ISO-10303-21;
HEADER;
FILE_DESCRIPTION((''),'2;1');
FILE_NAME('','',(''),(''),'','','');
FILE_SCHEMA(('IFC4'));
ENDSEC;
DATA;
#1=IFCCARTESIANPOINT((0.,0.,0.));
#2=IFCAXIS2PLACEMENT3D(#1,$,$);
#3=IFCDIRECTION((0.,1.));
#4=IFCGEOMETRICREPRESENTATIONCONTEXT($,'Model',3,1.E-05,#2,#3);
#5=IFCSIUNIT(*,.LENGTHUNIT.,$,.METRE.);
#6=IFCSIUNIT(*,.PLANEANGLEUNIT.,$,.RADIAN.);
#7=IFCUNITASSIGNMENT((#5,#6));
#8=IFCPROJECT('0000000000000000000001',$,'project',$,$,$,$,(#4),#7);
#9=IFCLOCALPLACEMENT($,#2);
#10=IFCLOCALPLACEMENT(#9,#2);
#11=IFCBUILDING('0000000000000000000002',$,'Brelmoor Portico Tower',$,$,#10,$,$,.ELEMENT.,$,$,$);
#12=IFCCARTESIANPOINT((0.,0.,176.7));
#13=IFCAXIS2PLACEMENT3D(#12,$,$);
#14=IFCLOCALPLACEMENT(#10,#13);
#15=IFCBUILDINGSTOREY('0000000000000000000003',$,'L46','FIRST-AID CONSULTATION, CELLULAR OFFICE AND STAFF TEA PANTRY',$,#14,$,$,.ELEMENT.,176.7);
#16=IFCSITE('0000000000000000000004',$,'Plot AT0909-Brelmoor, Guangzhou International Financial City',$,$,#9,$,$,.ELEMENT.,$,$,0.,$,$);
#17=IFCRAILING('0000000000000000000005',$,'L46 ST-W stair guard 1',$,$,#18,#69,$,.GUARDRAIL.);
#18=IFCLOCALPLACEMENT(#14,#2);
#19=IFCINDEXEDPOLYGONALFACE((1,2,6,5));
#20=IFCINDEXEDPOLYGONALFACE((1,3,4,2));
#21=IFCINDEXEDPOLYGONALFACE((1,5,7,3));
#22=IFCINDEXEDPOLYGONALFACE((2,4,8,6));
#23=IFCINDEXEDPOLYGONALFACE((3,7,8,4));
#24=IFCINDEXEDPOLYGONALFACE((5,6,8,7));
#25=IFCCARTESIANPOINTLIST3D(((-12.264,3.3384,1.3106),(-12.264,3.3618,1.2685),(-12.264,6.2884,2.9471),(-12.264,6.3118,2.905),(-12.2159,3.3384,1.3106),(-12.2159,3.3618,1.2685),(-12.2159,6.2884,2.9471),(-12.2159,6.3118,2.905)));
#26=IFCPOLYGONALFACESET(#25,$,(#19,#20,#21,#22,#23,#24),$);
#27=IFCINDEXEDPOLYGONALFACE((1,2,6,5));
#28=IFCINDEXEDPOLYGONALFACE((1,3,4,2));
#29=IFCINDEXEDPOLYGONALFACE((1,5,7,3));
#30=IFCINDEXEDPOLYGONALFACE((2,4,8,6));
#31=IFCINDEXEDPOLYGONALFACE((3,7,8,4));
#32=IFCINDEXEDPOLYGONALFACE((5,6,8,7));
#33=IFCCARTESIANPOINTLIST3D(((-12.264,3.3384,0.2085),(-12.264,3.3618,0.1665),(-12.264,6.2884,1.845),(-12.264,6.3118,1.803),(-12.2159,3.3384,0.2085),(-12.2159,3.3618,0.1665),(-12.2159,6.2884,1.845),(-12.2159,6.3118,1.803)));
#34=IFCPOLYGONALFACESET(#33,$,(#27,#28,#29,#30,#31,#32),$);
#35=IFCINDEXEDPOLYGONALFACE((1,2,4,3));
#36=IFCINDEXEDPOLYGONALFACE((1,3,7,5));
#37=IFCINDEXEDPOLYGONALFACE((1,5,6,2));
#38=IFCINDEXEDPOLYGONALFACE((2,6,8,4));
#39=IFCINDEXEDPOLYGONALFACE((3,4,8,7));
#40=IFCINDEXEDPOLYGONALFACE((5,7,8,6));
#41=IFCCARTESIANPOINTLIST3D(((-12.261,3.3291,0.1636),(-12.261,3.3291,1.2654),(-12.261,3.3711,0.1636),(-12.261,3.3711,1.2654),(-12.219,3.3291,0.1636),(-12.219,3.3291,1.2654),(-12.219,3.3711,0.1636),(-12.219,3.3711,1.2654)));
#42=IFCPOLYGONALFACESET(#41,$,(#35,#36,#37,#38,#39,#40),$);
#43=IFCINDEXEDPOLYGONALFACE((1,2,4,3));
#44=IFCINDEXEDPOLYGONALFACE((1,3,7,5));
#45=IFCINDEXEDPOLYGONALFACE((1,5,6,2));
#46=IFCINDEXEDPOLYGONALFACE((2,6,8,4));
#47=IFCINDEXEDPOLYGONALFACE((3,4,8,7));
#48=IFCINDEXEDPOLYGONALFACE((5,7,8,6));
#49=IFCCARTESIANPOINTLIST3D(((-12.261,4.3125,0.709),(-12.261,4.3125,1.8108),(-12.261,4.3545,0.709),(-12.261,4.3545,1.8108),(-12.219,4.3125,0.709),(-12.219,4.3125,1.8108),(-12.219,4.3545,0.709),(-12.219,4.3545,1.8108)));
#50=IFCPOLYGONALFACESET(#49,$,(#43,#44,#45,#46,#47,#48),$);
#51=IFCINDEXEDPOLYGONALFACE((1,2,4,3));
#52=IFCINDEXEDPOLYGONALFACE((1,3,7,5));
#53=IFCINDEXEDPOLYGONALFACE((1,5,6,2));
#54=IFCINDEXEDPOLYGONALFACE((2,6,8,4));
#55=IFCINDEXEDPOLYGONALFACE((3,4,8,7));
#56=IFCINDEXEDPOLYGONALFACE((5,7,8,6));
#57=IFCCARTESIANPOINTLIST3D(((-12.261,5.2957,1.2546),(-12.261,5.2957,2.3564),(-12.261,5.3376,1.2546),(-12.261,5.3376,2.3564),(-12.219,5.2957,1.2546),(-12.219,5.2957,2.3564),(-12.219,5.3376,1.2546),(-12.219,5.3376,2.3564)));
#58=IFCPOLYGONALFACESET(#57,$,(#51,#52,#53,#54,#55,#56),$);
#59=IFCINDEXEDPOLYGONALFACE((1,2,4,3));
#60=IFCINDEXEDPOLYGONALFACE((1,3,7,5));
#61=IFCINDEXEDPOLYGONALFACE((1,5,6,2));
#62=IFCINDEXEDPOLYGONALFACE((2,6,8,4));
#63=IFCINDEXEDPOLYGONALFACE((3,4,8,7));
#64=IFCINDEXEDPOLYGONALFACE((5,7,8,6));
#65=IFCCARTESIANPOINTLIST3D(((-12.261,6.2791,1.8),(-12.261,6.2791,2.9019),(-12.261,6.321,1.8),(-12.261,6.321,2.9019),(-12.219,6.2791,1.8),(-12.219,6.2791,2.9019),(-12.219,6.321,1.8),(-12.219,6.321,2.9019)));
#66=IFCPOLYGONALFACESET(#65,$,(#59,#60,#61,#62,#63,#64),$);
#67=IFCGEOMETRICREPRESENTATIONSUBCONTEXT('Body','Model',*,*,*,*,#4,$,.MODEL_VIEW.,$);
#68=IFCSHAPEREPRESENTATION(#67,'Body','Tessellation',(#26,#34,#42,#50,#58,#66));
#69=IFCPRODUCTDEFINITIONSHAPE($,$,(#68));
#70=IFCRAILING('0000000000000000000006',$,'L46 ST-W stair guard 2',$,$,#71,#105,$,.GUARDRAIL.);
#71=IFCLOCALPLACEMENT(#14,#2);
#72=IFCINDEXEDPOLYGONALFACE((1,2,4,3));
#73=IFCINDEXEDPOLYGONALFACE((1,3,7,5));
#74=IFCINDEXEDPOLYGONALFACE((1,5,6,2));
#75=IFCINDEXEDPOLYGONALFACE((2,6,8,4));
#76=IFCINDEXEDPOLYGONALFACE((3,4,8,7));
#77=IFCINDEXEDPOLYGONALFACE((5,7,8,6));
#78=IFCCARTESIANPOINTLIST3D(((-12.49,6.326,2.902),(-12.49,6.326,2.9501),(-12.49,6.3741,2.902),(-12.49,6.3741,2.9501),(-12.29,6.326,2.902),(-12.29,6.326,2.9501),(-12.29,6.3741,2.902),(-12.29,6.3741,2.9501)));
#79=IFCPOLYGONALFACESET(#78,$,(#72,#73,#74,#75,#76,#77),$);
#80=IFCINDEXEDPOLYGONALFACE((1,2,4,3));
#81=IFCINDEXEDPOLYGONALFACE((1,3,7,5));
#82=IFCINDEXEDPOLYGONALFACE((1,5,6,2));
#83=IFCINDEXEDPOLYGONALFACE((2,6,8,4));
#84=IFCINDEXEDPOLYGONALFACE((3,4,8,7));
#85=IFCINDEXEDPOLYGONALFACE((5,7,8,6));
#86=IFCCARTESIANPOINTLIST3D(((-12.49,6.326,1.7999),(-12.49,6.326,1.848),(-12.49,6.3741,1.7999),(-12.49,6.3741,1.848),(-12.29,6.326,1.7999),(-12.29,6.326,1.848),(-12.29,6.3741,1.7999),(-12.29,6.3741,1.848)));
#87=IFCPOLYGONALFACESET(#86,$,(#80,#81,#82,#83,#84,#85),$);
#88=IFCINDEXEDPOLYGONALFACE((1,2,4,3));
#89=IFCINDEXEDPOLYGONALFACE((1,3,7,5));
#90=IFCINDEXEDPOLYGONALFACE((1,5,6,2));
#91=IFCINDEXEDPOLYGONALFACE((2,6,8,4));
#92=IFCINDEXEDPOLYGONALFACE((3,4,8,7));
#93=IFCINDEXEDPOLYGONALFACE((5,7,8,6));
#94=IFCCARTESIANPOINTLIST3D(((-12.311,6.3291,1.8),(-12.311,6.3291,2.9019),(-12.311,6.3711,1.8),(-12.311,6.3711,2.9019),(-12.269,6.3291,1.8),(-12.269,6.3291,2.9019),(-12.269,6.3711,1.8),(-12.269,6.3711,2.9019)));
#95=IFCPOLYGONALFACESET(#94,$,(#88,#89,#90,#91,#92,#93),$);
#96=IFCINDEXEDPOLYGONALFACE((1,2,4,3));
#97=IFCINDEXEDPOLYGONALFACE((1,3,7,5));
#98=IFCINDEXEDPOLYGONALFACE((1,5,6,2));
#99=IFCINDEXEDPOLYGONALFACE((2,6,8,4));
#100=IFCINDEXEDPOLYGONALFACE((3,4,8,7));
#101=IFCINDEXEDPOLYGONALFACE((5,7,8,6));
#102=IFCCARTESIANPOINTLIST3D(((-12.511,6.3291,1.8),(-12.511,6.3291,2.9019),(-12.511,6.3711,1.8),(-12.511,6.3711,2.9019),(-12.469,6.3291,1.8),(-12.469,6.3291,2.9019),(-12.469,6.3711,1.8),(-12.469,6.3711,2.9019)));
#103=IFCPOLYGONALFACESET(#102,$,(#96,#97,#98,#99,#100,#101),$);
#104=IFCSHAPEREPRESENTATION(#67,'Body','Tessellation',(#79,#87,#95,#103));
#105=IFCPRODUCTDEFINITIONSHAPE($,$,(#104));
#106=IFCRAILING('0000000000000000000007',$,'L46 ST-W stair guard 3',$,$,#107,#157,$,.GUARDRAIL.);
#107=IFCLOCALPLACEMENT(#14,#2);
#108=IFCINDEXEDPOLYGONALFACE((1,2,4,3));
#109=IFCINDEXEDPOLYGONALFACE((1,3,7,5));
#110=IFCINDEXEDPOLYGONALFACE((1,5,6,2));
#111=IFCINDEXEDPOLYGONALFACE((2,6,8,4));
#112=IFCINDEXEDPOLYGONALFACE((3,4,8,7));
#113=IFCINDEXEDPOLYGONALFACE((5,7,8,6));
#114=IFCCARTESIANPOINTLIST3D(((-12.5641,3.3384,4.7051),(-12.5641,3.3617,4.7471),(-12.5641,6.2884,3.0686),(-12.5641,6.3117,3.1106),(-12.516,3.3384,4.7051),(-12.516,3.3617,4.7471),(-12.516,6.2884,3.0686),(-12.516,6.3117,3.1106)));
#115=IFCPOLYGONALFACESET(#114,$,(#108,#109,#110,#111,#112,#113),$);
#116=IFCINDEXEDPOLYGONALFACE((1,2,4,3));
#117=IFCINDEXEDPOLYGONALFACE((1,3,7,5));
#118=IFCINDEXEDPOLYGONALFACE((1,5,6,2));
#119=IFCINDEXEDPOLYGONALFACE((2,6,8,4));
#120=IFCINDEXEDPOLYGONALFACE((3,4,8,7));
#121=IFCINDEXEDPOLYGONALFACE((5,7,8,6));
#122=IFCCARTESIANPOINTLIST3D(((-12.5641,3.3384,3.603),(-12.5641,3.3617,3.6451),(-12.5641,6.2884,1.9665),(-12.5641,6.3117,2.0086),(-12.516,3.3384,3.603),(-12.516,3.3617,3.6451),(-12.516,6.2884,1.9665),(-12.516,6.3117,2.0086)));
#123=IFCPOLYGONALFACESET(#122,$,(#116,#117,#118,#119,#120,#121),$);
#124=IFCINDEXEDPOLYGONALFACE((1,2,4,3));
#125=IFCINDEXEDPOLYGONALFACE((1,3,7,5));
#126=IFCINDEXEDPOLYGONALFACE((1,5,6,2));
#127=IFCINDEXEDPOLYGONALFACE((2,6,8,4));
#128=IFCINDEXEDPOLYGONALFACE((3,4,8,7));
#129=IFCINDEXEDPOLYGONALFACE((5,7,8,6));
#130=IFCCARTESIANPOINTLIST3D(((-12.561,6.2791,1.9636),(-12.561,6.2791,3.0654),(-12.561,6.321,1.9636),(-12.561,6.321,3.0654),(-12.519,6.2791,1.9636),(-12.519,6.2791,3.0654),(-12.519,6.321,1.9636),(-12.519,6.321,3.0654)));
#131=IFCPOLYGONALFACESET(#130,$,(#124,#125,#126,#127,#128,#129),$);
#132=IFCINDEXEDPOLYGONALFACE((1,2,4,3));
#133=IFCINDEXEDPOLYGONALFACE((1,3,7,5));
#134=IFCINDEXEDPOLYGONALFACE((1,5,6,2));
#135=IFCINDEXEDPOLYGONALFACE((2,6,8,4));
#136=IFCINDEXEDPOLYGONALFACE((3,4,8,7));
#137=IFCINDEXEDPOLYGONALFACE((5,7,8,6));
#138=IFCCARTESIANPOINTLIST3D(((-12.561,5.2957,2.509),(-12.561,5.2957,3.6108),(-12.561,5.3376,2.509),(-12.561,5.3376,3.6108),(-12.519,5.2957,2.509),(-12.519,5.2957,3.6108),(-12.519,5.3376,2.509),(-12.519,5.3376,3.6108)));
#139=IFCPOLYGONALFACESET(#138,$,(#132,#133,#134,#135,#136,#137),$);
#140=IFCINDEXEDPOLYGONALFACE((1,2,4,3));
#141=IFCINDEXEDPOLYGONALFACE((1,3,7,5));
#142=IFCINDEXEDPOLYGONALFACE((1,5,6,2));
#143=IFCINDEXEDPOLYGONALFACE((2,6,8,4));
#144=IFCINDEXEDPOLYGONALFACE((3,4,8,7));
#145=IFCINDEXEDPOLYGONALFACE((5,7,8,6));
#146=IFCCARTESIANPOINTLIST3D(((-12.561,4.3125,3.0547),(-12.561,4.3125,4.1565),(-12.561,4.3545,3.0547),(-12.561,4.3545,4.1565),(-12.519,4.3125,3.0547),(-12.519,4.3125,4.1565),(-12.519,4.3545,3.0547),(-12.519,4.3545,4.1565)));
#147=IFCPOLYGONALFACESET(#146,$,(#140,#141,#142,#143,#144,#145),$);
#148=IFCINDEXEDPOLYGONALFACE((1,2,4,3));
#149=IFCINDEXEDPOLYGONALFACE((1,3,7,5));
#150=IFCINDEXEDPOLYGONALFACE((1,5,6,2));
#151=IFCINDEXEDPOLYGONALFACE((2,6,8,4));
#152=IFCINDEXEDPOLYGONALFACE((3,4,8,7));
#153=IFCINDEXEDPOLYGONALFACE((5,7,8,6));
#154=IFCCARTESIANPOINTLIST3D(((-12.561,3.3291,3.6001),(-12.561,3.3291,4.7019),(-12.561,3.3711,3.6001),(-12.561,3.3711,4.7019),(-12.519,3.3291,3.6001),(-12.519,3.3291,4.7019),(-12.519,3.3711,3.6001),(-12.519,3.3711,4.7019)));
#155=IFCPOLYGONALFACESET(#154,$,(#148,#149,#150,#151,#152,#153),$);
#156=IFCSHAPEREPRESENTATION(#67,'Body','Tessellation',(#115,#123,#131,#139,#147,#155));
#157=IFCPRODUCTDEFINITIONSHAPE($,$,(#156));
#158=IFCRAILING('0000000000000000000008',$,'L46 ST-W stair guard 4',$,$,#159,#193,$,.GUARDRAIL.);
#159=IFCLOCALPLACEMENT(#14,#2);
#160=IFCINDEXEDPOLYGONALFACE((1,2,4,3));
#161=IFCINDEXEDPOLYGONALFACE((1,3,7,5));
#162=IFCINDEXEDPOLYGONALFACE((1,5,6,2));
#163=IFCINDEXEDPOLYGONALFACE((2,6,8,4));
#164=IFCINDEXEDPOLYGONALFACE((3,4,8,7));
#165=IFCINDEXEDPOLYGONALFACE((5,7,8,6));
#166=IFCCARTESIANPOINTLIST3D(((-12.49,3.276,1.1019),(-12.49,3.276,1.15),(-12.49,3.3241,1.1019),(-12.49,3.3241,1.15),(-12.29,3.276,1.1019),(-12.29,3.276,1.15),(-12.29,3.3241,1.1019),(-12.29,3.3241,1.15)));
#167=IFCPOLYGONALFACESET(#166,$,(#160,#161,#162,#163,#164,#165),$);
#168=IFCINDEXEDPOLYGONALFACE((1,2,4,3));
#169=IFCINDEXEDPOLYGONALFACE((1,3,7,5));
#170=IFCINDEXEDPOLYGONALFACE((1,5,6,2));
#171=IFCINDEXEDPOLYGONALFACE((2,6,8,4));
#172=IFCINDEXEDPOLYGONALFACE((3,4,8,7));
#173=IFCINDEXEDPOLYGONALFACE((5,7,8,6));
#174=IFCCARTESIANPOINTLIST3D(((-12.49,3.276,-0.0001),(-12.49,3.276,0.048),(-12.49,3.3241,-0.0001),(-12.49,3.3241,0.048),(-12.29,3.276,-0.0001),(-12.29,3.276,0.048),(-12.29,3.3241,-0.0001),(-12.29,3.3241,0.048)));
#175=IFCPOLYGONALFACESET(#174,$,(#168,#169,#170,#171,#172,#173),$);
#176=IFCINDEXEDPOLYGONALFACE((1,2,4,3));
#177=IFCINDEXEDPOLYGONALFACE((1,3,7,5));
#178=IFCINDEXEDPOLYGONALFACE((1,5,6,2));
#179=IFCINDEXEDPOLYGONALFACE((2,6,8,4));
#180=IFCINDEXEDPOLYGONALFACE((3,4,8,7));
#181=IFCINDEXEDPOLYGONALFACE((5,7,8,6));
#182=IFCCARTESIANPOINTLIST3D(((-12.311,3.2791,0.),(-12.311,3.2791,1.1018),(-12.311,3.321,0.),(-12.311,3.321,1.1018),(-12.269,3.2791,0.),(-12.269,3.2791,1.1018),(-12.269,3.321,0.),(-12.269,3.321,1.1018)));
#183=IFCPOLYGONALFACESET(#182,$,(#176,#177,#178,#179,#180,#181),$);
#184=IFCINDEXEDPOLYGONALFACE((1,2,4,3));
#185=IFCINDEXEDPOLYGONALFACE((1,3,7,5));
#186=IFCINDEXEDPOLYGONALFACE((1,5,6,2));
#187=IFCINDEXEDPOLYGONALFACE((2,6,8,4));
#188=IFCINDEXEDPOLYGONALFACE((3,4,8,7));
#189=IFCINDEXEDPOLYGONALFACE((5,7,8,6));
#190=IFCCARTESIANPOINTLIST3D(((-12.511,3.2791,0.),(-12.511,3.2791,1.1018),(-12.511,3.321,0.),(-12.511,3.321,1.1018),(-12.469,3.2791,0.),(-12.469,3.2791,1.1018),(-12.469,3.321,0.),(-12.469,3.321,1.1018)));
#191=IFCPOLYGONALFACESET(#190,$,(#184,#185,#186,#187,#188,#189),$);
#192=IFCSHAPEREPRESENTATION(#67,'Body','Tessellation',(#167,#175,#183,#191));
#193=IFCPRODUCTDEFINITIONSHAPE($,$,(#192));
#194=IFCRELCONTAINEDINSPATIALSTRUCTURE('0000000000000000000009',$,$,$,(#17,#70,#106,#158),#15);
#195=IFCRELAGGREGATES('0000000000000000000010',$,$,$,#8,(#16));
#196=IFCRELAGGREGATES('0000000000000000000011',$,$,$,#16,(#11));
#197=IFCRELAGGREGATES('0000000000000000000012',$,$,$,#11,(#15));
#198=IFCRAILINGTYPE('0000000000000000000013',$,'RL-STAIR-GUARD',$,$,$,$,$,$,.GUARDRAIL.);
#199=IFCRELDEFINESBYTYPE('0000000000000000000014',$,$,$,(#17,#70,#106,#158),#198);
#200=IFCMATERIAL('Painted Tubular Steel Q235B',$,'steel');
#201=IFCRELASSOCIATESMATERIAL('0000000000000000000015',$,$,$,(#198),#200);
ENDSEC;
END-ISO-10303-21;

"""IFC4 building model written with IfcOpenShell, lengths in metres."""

from ifc_helpers import new_model, si_unit, direction, frame, origin, origin_2d, place, context, subcontext, project, spatial, rectangle, extrude, material, type_object, element, save


model = new_model("IFC4")

# Units and contexts
model_context = context("Model", 3, precision=1e-05, world=origin(), true_north=direction((0.0, 1.0)))
body_context = subcontext(model_context, "Body", "Model", "MODEL_VIEW")
ifc_project = project(units=[si_unit("LENGTHUNIT", "METRE"), si_unit("PLANEANGLEUNIT", "RADIAN")], contexts=[model_context])

# Site, building, storey
site_placement = place(None, origin())
site = spatial("IfcSite", under=ifc_project, at=site_placement, Name="Plot AT0909-Brelmoor, Guangzhou International Financial City", CompositionType="ELEMENT", RefElevation=0.0)
building_placement = place(site_placement, origin())
building = spatial("IfcBuilding", under=site, at=building_placement, Name="Brelmoor Portico Tower", CompositionType="ELEMENT")
storey_placement = place(building_placement, frame((0.0, 0.0, 176.7)))
storey = spatial("IfcBuildingStorey", under=building, at=storey_placement, Name="L46", Description="FIRST-AID CONSULTATION, CELLULAR OFFICE AND STAFF TEA PANTRY", CompositionType="ELEMENT", Elevation=176.7)

# Railings
ifc_material_1 = material(Name="Painted Tubular Steel Q235B", Category="steel")
railing_type_1 = type_object("IfcRailingType", Name="RL-STAIR-GUARD", PredefinedType="GUARDRAIL", material=ifc_material_1)
railing_1_placement = place(storey_placement, frame((-12.24, 3.3501, 0.1636)))
element("IfcRailing", 1, at=railing_1_placement, inside=storey, type_object=railing_type_1, Name="L46 ST-W stair guard 1", PredefinedType="GUARDRAIL", context=body_context, shape_type="SweptSolid", body=[
    extrude(rectangle(XDim=0.0481, YDim=0.0481, at=origin_2d()), frame((0.0, 0.0, 1.126), z_axis=(0.0, 0.874458, 0.485102), x_axis=(-1.0, 0.0, 0.0)), (0.0, 0.0, 1.0), 3.3735),
    extrude(rectangle(XDim=0.0481, YDim=0.0481, at=origin_2d()), frame((0.0, 0.0, 0.0239), z_axis=(0.0, 0.874458, 0.485102), x_axis=(-1.0, 0.0, 0.0)), (0.0, 0.0, 1.0), 3.3735),
    extrude(rectangle(XDim=0.042, YDim=0.042, at=origin_2d()), origin(), (0.0, 0.0, 1.0), 1.1018),
    extrude(rectangle(XDim=0.042, YDim=0.042, at=origin_2d()), frame((0.0, 0.9834, 0.5454)), (0.0, 0.0, 1.0), 1.1018),
    extrude(rectangle(XDim=0.042, YDim=0.042, at=origin_2d()), frame((0.0, 1.9666, 1.0911)), (0.0, 0.0, 1.0), 1.1018),
    extrude(rectangle(XDim=0.042, YDim=0.042, at=origin_2d()), frame((0.0, 2.95, 1.6365)), (0.0, 0.0, 1.0), 1.1018),
])
railing_2_placement = place(storey_placement, frame((-12.29, 6.3501, 1.8)))
element("IfcRailing", 2, at=railing_2_placement, inside=storey, type_object=railing_type_1, Name="L46 ST-W stair guard 2", PredefinedType="GUARDRAIL", context=body_context, shape_type="SweptSolid", body=[
    extrude(rectangle(XDim=0.0481, YDim=0.0481, at=origin_2d()), frame((0.0, 0.0, 1.126), z_axis=(-1.0, 0.0, 0.0), x_axis=(0.0, -1.0, 0.0)), (0.0, 0.0, 1.0), 0.2),
    extrude(rectangle(XDim=0.0481, YDim=0.0481, at=origin_2d()), frame((0.0, 0.0, 0.0239), z_axis=(-1.0, 0.0, 0.0), x_axis=(0.0, -1.0, 0.0)), (0.0, 0.0, 1.0), 0.2),
    extrude(rectangle(XDim=0.042, YDim=0.042, at=origin_2d()), origin(), (0.0, 0.0, 1.0), 1.1018),
    extrude(rectangle(XDim=0.042, YDim=0.042, at=origin_2d()), frame((-0.2, 0.0, 0.0)), (0.0, 0.0, 1.0), 1.1018),
])
railing_3_placement = place(storey_placement, frame((-12.54, 6.3, 1.9636)))
element("IfcRailing", 3, at=railing_3_placement, inside=storey, type_object=railing_type_1, Name="L46 ST-W stair guard 3", PredefinedType="GUARDRAIL", context=body_context, shape_type="SweptSolid", body=[
    extrude(rectangle(XDim=0.0481, YDim=0.0481, at=origin_2d()), frame((0.0, 0.0, 1.126), z_axis=(0.0, -0.874458, 0.485102), x_axis=(1.0, 0.0, 0.0)), (0.0, 0.0, 1.0), 3.3735),
    extrude(rectangle(XDim=0.0481, YDim=0.0481, at=origin_2d()), frame((0.0, 0.0, 0.0239), z_axis=(0.0, -0.874458, 0.485102), x_axis=(1.0, 0.0, 0.0)), (0.0, 0.0, 1.0), 3.3735),
    extrude(rectangle(XDim=0.042, YDim=0.042, at=origin_2d()), origin(), (0.0, 0.0, 1.0), 1.1018),
    extrude(rectangle(XDim=0.042, YDim=0.042, at=origin_2d()), frame((0.0, -0.9834, 0.5454)), (0.0, 0.0, 1.0), 1.1018),
    extrude(rectangle(XDim=0.042, YDim=0.042, at=origin_2d()), frame((0.0, -1.9666, 1.0911)), (0.0, 0.0, 1.0), 1.1018),
    extrude(rectangle(XDim=0.042, YDim=0.042, at=origin_2d()), frame((0.0, -2.95, 1.6365)), (0.0, 0.0, 1.0), 1.1018),
])
railing_4_placement = place(storey_placement, frame((-12.29, 3.3, 0.0)))
element("IfcRailing", 4, at=railing_4_placement, inside=storey, type_object=railing_type_1, Name="L46 ST-W stair guard 4", PredefinedType="GUARDRAIL", context=body_context, shape_type="SweptSolid", body=[
    extrude(rectangle(XDim=0.0481, YDim=0.0481, at=origin_2d()), frame((0.0, 0.0, 1.126), z_axis=(-1.0, 0.0, 0.0), x_axis=(0.0, -1.0, 0.0)), (0.0, 0.0, 1.0), 0.2),
    extrude(rectangle(XDim=0.0481, YDim=0.0481, at=origin_2d()), frame((0.0, 0.0, 0.0239), z_axis=(-1.0, 0.0, 0.0), x_axis=(0.0, -1.0, 0.0)), (0.0, 0.0, 1.0), 0.2),
    extrude(rectangle(XDim=0.042, YDim=0.042, at=origin_2d()), origin(), (0.0, 0.0, 1.0), 1.1018),
    extrude(rectangle(XDim=0.042, YDim=0.042, at=origin_2d()), frame((-0.2, 0.0, 0.0)), (0.0, 0.0, 1.0), 1.1018),
])

save(model, "model.ifc")
